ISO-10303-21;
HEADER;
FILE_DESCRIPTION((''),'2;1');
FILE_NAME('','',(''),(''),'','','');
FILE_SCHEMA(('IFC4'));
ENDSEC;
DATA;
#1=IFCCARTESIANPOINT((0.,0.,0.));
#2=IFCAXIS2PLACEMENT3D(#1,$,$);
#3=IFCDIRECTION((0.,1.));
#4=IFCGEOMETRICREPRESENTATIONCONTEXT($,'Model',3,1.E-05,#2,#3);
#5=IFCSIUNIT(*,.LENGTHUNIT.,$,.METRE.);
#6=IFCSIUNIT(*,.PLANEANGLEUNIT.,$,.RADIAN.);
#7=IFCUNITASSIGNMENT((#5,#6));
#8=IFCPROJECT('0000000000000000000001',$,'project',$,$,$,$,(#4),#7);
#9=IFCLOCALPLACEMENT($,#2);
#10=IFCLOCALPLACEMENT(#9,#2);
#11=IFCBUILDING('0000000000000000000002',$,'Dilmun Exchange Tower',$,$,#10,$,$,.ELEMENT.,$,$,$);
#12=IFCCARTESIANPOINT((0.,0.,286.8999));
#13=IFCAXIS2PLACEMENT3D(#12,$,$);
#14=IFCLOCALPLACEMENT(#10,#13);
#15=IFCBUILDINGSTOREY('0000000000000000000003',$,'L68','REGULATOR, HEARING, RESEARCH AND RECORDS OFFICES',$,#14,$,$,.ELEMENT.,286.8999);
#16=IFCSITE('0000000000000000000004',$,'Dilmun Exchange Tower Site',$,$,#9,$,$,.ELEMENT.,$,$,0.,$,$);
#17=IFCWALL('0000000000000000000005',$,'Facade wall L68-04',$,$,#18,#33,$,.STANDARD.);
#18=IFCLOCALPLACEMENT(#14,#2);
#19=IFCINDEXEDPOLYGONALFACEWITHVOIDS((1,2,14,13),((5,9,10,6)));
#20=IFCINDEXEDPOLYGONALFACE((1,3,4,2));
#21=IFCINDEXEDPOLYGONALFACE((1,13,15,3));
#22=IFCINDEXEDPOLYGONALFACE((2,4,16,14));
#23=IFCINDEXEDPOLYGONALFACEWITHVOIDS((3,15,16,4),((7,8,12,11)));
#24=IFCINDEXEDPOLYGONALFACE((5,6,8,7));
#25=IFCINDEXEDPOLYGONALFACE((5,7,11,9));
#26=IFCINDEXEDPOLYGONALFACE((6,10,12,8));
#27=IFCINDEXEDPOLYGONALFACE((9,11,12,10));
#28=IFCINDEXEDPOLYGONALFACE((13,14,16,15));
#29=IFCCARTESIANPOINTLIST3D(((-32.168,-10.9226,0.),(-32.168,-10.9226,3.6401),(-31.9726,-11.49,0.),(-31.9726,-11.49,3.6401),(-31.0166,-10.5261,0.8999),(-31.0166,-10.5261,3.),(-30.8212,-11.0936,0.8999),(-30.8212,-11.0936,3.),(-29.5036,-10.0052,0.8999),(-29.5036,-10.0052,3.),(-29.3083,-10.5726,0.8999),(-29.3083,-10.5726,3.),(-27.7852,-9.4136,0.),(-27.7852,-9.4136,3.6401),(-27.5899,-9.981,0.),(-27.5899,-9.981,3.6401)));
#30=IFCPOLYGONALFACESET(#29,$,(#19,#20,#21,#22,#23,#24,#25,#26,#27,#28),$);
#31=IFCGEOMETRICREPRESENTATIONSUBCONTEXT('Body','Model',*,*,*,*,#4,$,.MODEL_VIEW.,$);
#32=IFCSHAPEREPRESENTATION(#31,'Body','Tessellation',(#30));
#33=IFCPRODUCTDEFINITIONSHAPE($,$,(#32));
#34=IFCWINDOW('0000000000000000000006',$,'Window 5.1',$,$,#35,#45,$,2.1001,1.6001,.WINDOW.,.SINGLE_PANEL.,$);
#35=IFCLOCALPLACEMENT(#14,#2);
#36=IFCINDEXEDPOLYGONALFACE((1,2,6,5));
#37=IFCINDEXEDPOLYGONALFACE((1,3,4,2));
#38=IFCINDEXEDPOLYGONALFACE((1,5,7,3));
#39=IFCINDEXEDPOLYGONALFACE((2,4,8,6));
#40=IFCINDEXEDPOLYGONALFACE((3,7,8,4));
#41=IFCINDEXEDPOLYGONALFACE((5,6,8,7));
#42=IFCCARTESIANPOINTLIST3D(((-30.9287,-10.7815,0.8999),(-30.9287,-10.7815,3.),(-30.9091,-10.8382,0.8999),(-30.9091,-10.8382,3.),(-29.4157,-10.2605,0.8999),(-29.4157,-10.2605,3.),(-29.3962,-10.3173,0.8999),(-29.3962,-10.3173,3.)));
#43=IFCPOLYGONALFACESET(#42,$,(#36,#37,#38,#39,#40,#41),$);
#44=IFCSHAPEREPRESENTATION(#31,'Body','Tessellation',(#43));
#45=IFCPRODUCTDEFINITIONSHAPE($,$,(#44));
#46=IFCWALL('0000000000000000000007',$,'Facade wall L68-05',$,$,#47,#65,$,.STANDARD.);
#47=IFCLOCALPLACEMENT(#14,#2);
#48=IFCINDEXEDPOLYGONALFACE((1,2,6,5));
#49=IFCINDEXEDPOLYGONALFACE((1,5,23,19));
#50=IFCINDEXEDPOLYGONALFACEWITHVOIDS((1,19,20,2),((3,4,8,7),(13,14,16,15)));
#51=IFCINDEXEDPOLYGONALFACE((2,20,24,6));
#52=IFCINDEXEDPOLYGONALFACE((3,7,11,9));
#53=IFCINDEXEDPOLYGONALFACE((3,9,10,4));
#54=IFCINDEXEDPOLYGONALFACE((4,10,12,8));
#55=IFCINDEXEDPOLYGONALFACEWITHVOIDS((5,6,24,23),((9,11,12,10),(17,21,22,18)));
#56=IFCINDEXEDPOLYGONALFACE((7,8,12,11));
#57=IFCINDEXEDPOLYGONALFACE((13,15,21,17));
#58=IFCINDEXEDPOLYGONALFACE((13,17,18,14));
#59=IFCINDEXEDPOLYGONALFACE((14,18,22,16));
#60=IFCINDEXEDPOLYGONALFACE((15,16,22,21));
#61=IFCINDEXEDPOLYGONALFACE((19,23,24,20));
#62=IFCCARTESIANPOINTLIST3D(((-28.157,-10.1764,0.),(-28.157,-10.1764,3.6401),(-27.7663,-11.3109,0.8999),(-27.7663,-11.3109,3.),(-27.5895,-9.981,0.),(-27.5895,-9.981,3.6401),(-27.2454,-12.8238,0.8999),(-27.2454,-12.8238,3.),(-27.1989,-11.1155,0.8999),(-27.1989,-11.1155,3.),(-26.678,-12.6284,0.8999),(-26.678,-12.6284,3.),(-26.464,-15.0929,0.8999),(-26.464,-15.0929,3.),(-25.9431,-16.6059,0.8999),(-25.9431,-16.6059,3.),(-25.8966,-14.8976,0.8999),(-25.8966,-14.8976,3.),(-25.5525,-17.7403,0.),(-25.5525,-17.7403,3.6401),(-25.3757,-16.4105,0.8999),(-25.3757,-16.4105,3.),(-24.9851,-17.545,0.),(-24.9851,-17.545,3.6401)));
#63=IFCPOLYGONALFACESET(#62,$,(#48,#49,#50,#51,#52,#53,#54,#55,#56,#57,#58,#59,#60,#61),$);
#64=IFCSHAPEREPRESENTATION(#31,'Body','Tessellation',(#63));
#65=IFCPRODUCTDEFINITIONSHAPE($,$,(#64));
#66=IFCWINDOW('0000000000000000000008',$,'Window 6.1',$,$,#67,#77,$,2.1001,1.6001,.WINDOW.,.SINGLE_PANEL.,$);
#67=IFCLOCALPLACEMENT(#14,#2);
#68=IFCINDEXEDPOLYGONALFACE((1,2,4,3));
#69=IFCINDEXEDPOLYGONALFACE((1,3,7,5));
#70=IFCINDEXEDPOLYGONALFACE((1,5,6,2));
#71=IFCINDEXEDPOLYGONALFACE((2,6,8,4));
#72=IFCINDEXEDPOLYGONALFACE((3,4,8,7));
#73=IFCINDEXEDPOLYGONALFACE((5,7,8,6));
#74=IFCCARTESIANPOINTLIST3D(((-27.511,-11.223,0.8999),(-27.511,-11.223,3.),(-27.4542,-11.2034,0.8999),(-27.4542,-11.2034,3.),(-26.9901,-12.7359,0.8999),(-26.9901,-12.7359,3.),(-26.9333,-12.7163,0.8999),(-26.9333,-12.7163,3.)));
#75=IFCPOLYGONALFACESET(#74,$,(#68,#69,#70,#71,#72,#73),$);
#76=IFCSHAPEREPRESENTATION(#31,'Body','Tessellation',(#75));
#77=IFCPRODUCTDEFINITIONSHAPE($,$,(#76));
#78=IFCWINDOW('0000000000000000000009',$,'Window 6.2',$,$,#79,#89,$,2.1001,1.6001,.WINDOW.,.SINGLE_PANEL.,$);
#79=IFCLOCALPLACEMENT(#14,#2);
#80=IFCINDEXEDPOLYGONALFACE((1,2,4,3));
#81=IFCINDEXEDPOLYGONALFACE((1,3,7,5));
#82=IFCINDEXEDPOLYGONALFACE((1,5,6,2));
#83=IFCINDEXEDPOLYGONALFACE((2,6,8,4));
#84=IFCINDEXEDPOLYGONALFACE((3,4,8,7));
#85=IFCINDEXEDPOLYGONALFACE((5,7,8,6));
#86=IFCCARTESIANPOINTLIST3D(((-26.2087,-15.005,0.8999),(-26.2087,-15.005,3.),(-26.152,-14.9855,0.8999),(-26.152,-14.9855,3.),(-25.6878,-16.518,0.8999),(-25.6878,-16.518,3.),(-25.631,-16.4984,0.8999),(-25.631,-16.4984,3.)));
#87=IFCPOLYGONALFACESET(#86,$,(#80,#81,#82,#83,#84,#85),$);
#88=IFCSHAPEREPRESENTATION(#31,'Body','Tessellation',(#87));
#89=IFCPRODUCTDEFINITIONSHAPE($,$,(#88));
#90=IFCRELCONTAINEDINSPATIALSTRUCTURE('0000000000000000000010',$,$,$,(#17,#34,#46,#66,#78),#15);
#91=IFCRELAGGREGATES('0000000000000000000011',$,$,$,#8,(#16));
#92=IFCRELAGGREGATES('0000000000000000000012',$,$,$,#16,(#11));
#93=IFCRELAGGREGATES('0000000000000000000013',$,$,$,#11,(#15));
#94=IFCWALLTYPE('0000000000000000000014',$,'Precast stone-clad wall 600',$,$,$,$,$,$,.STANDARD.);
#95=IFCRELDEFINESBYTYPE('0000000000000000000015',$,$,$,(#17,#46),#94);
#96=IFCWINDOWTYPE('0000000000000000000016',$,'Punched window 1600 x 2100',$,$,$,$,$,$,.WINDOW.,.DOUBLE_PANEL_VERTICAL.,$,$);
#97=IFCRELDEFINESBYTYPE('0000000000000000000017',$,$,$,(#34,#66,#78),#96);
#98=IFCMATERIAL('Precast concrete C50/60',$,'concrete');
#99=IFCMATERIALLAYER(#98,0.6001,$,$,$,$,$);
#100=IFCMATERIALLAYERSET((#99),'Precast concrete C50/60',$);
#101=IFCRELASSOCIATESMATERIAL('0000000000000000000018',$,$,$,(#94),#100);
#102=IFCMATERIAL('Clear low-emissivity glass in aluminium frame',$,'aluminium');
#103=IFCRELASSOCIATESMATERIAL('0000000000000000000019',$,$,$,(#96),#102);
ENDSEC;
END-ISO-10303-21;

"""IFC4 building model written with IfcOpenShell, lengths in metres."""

from ifc_helpers import new_model, si_unit, direction, frame, frame_2d, origin, place, context, subcontext, project, spatial, rectangle, extrude, material, layer, layer_set, type_object, element, fill, save


model = new_model("IFC4")

# Units and contexts
model_context = context("Model", 3, precision=1e-05, world=origin(), true_north=direction((0.0, 1.0)))
body_context = subcontext(model_context, "Body", "Model", "MODEL_VIEW")
ifc_project = project(units=[si_unit("LENGTHUNIT", "METRE"), si_unit("PLANEANGLEUNIT", "RADIAN")], contexts=[model_context])

# Site, building, storey
site_placement = place(None, origin())
site = spatial("IfcSite", under=ifc_project, at=site_placement, Name="Dilmun Exchange Tower Site", CompositionType="ELEMENT", RefElevation=0.0)
building_placement = place(site_placement, origin())
building = spatial("IfcBuilding", under=site, at=building_placement, Name="Dilmun Exchange Tower", CompositionType="ELEMENT")
storey_placement = place(building_placement, frame((0.0, 0.0, 286.8999)))
storey = spatial("IfcBuildingStorey", under=building, at=storey_placement, Name="L68", Description="REGULATOR, HEARING, RESEARCH AND RECORDS OFFICES", CompositionType="ELEMENT", Elevation=286.8999)

# Wall, opening, window
ifc_material_1 = material(Name="Precast concrete C50/60", Category="concrete")
ifc_layer_1 = layer(ifc_material_1, 0.6001)
ifc_layer_set_1 = layer_set([ifc_layer_1], Name="Precast concrete C50/60")
wall_type_1 = type_object("IfcWallType", Name="Precast stone-clad wall 600", PredefinedType="STANDARD", material=ifc_layer_set_1)
wall_1_placement = place(storey_placement, frame((-32.0703, -11.2063, 0.0), z_axis=(0.0, 0.0, 1.0), x_axis=(0.945525, 0.325551, 0.0)))
wall_1 = element("IfcWall", 1, at=wall_1_placement, inside=storey, type_object=wall_type_1, Name="Facade wall L68-04", PredefinedType="STANDARD", context=body_context, shape_type="SweptSolid", body=[
    extrude(rectangle(XDim=4.6353, YDim=0.6001, at=frame_2d((2.3176, 0.0))), origin(), (0.0, 0.0, 1.0), 3.6401),
])
opening_1_placement = place(wall_1_placement, frame((1.2178, 0.0, 0.8999)))
opening_1 = element("IfcOpeningElement", 2, at=opening_1_placement, cuts=wall_1, PredefinedType="OPENING", context=body_context, shape_type="SweptSolid", body=[
    extrude(rectangle(XDim=1.6001, YDim=2.1001, at=frame_2d((0.8, 1.05))), frame((0.0, 0.3101, 0.0), z_axis=(0.0, -1.0, 0.0), x_axis=(1.0, 0.0, 0.0)), (0.0, 0.0, 1.0), 0.6201),
])
ifc_material_2 = material(Name="Clear low-emissivity glass in aluminium frame", Category="aluminium")
window_type = type_object("IfcWindowType", Name="Punched window 1600 x 2100", PartitioningType="DOUBLE_PANEL_VERTICAL", PredefinedType="WINDOW", material=ifc_material_2)
window_1_placement = place(opening_1_placement, origin())
window_1 = element("IfcWindow", 3, at=window_1_placement, inside=storey, type_object=window_type, Name="Window 5.1", OverallHeight=2.1001, OverallWidth=1.6001, PartitioningType="SINGLE_PANEL", PredefinedType="WINDOW", context=body_context, shape_type="SweptSolid", body=[
    extrude(rectangle(XDim=1.6001, YDim=2.1001, at=frame_2d((0.8, 1.05))), frame((0.0, 0.03, 0.0), z_axis=(0.0, -1.0, 0.0), x_axis=(1.0, 0.0, 0.0)), (0.0, 0.0, 1.0), 0.0601),
])
fill(opening_1, window_1)

# Wall, openings, windows
wall_2_placement = place(storey_placement, frame((-27.8733, -10.0786, 0.0), z_axis=(0.0, 0.0, 1.0), x_axis=(0.325569, -0.945518, 0.0)))
wall_2 = element("IfcWall", 4, at=wall_2_placement, inside=storey, type_object=wall_type_1, Name="Facade wall L68-05", PredefinedType="STANDARD", context=body_context, shape_type="SweptSolid", body=[
    extrude(rectangle(XDim=7.9998, YDim=0.6001, at=frame_2d((4.0, 0.0))), origin(), (0.0, 0.0, 1.0), 3.6401),
])
opening_2_placement = place(wall_2_placement, frame((1.2, 0.0, 0.8999)))
opening_2 = element("IfcOpeningElement", 5, at=opening_2_placement, cuts=wall_2, PredefinedType="OPENING", context=body_context, shape_type="SweptSolid", body=[
    extrude(rectangle(XDim=1.6001, YDim=2.1001, at=frame_2d((0.8, 1.05))), frame((0.0, 0.3101, 0.0), z_axis=(0.0, -1.0, 0.0), x_axis=(1.0, 0.0, 0.0)), (0.0, 0.0, 1.0), 0.6201),
])
opening_3_placement = place(wall_2_placement, frame((5.2, 0.0, 0.8999)))
opening_3 = element("IfcOpeningElement", 6, at=opening_3_placement, cuts=wall_2, PredefinedType="OPENING", context=body_context, shape_type="SweptSolid", body=[
    extrude(rectangle(XDim=1.6001, YDim=2.1001, at=frame_2d((0.8, 1.05))), frame((0.0, 0.3101, 0.0), z_axis=(0.0, -1.0, 0.0), x_axis=(1.0, 0.0, 0.0)), (0.0, 0.0, 1.0), 0.6201),
])
window_2_placement = place(opening_2_placement, origin())
window_2 = element("IfcWindow", 7, at=window_2_placement, inside=storey, type_object=window_type, Name="Window 6.1", OverallHeight=2.1001, OverallWidth=1.6001, PartitioningType="SINGLE_PANEL", PredefinedType="WINDOW", context=body_context, shape_type="SweptSolid", body=[
    extrude(rectangle(XDim=1.6001, YDim=2.1001, at=frame_2d((0.8, 1.05))), frame((0.0, 0.03, 0.0), z_axis=(0.0, -1.0, 0.0), x_axis=(1.0, 0.0, 0.0)), (0.0, 0.0, 1.0), 0.0601),
])
fill(opening_2, window_2)
window_3_placement = place(opening_3_placement, origin())
window_3 = element("IfcWindow", 8, at=window_3_placement, inside=storey, type_object=window_type, Name="Window 6.2", OverallHeight=2.1001, OverallWidth=1.6001, PartitioningType="SINGLE_PANEL", PredefinedType="WINDOW", context=body_context, shape_type="SweptSolid", body=[
    extrude(rectangle(XDim=1.6001, YDim=2.1001, at=frame_2d((0.8, 1.05))), frame((0.0, 0.03, 0.0), z_axis=(0.0, -1.0, 0.0), x_axis=(1.0, 0.0, 0.0)), (0.0, 0.0, 1.0), 0.0601),
])
fill(opening_3, window_3)

save(model, "model.ifc")
